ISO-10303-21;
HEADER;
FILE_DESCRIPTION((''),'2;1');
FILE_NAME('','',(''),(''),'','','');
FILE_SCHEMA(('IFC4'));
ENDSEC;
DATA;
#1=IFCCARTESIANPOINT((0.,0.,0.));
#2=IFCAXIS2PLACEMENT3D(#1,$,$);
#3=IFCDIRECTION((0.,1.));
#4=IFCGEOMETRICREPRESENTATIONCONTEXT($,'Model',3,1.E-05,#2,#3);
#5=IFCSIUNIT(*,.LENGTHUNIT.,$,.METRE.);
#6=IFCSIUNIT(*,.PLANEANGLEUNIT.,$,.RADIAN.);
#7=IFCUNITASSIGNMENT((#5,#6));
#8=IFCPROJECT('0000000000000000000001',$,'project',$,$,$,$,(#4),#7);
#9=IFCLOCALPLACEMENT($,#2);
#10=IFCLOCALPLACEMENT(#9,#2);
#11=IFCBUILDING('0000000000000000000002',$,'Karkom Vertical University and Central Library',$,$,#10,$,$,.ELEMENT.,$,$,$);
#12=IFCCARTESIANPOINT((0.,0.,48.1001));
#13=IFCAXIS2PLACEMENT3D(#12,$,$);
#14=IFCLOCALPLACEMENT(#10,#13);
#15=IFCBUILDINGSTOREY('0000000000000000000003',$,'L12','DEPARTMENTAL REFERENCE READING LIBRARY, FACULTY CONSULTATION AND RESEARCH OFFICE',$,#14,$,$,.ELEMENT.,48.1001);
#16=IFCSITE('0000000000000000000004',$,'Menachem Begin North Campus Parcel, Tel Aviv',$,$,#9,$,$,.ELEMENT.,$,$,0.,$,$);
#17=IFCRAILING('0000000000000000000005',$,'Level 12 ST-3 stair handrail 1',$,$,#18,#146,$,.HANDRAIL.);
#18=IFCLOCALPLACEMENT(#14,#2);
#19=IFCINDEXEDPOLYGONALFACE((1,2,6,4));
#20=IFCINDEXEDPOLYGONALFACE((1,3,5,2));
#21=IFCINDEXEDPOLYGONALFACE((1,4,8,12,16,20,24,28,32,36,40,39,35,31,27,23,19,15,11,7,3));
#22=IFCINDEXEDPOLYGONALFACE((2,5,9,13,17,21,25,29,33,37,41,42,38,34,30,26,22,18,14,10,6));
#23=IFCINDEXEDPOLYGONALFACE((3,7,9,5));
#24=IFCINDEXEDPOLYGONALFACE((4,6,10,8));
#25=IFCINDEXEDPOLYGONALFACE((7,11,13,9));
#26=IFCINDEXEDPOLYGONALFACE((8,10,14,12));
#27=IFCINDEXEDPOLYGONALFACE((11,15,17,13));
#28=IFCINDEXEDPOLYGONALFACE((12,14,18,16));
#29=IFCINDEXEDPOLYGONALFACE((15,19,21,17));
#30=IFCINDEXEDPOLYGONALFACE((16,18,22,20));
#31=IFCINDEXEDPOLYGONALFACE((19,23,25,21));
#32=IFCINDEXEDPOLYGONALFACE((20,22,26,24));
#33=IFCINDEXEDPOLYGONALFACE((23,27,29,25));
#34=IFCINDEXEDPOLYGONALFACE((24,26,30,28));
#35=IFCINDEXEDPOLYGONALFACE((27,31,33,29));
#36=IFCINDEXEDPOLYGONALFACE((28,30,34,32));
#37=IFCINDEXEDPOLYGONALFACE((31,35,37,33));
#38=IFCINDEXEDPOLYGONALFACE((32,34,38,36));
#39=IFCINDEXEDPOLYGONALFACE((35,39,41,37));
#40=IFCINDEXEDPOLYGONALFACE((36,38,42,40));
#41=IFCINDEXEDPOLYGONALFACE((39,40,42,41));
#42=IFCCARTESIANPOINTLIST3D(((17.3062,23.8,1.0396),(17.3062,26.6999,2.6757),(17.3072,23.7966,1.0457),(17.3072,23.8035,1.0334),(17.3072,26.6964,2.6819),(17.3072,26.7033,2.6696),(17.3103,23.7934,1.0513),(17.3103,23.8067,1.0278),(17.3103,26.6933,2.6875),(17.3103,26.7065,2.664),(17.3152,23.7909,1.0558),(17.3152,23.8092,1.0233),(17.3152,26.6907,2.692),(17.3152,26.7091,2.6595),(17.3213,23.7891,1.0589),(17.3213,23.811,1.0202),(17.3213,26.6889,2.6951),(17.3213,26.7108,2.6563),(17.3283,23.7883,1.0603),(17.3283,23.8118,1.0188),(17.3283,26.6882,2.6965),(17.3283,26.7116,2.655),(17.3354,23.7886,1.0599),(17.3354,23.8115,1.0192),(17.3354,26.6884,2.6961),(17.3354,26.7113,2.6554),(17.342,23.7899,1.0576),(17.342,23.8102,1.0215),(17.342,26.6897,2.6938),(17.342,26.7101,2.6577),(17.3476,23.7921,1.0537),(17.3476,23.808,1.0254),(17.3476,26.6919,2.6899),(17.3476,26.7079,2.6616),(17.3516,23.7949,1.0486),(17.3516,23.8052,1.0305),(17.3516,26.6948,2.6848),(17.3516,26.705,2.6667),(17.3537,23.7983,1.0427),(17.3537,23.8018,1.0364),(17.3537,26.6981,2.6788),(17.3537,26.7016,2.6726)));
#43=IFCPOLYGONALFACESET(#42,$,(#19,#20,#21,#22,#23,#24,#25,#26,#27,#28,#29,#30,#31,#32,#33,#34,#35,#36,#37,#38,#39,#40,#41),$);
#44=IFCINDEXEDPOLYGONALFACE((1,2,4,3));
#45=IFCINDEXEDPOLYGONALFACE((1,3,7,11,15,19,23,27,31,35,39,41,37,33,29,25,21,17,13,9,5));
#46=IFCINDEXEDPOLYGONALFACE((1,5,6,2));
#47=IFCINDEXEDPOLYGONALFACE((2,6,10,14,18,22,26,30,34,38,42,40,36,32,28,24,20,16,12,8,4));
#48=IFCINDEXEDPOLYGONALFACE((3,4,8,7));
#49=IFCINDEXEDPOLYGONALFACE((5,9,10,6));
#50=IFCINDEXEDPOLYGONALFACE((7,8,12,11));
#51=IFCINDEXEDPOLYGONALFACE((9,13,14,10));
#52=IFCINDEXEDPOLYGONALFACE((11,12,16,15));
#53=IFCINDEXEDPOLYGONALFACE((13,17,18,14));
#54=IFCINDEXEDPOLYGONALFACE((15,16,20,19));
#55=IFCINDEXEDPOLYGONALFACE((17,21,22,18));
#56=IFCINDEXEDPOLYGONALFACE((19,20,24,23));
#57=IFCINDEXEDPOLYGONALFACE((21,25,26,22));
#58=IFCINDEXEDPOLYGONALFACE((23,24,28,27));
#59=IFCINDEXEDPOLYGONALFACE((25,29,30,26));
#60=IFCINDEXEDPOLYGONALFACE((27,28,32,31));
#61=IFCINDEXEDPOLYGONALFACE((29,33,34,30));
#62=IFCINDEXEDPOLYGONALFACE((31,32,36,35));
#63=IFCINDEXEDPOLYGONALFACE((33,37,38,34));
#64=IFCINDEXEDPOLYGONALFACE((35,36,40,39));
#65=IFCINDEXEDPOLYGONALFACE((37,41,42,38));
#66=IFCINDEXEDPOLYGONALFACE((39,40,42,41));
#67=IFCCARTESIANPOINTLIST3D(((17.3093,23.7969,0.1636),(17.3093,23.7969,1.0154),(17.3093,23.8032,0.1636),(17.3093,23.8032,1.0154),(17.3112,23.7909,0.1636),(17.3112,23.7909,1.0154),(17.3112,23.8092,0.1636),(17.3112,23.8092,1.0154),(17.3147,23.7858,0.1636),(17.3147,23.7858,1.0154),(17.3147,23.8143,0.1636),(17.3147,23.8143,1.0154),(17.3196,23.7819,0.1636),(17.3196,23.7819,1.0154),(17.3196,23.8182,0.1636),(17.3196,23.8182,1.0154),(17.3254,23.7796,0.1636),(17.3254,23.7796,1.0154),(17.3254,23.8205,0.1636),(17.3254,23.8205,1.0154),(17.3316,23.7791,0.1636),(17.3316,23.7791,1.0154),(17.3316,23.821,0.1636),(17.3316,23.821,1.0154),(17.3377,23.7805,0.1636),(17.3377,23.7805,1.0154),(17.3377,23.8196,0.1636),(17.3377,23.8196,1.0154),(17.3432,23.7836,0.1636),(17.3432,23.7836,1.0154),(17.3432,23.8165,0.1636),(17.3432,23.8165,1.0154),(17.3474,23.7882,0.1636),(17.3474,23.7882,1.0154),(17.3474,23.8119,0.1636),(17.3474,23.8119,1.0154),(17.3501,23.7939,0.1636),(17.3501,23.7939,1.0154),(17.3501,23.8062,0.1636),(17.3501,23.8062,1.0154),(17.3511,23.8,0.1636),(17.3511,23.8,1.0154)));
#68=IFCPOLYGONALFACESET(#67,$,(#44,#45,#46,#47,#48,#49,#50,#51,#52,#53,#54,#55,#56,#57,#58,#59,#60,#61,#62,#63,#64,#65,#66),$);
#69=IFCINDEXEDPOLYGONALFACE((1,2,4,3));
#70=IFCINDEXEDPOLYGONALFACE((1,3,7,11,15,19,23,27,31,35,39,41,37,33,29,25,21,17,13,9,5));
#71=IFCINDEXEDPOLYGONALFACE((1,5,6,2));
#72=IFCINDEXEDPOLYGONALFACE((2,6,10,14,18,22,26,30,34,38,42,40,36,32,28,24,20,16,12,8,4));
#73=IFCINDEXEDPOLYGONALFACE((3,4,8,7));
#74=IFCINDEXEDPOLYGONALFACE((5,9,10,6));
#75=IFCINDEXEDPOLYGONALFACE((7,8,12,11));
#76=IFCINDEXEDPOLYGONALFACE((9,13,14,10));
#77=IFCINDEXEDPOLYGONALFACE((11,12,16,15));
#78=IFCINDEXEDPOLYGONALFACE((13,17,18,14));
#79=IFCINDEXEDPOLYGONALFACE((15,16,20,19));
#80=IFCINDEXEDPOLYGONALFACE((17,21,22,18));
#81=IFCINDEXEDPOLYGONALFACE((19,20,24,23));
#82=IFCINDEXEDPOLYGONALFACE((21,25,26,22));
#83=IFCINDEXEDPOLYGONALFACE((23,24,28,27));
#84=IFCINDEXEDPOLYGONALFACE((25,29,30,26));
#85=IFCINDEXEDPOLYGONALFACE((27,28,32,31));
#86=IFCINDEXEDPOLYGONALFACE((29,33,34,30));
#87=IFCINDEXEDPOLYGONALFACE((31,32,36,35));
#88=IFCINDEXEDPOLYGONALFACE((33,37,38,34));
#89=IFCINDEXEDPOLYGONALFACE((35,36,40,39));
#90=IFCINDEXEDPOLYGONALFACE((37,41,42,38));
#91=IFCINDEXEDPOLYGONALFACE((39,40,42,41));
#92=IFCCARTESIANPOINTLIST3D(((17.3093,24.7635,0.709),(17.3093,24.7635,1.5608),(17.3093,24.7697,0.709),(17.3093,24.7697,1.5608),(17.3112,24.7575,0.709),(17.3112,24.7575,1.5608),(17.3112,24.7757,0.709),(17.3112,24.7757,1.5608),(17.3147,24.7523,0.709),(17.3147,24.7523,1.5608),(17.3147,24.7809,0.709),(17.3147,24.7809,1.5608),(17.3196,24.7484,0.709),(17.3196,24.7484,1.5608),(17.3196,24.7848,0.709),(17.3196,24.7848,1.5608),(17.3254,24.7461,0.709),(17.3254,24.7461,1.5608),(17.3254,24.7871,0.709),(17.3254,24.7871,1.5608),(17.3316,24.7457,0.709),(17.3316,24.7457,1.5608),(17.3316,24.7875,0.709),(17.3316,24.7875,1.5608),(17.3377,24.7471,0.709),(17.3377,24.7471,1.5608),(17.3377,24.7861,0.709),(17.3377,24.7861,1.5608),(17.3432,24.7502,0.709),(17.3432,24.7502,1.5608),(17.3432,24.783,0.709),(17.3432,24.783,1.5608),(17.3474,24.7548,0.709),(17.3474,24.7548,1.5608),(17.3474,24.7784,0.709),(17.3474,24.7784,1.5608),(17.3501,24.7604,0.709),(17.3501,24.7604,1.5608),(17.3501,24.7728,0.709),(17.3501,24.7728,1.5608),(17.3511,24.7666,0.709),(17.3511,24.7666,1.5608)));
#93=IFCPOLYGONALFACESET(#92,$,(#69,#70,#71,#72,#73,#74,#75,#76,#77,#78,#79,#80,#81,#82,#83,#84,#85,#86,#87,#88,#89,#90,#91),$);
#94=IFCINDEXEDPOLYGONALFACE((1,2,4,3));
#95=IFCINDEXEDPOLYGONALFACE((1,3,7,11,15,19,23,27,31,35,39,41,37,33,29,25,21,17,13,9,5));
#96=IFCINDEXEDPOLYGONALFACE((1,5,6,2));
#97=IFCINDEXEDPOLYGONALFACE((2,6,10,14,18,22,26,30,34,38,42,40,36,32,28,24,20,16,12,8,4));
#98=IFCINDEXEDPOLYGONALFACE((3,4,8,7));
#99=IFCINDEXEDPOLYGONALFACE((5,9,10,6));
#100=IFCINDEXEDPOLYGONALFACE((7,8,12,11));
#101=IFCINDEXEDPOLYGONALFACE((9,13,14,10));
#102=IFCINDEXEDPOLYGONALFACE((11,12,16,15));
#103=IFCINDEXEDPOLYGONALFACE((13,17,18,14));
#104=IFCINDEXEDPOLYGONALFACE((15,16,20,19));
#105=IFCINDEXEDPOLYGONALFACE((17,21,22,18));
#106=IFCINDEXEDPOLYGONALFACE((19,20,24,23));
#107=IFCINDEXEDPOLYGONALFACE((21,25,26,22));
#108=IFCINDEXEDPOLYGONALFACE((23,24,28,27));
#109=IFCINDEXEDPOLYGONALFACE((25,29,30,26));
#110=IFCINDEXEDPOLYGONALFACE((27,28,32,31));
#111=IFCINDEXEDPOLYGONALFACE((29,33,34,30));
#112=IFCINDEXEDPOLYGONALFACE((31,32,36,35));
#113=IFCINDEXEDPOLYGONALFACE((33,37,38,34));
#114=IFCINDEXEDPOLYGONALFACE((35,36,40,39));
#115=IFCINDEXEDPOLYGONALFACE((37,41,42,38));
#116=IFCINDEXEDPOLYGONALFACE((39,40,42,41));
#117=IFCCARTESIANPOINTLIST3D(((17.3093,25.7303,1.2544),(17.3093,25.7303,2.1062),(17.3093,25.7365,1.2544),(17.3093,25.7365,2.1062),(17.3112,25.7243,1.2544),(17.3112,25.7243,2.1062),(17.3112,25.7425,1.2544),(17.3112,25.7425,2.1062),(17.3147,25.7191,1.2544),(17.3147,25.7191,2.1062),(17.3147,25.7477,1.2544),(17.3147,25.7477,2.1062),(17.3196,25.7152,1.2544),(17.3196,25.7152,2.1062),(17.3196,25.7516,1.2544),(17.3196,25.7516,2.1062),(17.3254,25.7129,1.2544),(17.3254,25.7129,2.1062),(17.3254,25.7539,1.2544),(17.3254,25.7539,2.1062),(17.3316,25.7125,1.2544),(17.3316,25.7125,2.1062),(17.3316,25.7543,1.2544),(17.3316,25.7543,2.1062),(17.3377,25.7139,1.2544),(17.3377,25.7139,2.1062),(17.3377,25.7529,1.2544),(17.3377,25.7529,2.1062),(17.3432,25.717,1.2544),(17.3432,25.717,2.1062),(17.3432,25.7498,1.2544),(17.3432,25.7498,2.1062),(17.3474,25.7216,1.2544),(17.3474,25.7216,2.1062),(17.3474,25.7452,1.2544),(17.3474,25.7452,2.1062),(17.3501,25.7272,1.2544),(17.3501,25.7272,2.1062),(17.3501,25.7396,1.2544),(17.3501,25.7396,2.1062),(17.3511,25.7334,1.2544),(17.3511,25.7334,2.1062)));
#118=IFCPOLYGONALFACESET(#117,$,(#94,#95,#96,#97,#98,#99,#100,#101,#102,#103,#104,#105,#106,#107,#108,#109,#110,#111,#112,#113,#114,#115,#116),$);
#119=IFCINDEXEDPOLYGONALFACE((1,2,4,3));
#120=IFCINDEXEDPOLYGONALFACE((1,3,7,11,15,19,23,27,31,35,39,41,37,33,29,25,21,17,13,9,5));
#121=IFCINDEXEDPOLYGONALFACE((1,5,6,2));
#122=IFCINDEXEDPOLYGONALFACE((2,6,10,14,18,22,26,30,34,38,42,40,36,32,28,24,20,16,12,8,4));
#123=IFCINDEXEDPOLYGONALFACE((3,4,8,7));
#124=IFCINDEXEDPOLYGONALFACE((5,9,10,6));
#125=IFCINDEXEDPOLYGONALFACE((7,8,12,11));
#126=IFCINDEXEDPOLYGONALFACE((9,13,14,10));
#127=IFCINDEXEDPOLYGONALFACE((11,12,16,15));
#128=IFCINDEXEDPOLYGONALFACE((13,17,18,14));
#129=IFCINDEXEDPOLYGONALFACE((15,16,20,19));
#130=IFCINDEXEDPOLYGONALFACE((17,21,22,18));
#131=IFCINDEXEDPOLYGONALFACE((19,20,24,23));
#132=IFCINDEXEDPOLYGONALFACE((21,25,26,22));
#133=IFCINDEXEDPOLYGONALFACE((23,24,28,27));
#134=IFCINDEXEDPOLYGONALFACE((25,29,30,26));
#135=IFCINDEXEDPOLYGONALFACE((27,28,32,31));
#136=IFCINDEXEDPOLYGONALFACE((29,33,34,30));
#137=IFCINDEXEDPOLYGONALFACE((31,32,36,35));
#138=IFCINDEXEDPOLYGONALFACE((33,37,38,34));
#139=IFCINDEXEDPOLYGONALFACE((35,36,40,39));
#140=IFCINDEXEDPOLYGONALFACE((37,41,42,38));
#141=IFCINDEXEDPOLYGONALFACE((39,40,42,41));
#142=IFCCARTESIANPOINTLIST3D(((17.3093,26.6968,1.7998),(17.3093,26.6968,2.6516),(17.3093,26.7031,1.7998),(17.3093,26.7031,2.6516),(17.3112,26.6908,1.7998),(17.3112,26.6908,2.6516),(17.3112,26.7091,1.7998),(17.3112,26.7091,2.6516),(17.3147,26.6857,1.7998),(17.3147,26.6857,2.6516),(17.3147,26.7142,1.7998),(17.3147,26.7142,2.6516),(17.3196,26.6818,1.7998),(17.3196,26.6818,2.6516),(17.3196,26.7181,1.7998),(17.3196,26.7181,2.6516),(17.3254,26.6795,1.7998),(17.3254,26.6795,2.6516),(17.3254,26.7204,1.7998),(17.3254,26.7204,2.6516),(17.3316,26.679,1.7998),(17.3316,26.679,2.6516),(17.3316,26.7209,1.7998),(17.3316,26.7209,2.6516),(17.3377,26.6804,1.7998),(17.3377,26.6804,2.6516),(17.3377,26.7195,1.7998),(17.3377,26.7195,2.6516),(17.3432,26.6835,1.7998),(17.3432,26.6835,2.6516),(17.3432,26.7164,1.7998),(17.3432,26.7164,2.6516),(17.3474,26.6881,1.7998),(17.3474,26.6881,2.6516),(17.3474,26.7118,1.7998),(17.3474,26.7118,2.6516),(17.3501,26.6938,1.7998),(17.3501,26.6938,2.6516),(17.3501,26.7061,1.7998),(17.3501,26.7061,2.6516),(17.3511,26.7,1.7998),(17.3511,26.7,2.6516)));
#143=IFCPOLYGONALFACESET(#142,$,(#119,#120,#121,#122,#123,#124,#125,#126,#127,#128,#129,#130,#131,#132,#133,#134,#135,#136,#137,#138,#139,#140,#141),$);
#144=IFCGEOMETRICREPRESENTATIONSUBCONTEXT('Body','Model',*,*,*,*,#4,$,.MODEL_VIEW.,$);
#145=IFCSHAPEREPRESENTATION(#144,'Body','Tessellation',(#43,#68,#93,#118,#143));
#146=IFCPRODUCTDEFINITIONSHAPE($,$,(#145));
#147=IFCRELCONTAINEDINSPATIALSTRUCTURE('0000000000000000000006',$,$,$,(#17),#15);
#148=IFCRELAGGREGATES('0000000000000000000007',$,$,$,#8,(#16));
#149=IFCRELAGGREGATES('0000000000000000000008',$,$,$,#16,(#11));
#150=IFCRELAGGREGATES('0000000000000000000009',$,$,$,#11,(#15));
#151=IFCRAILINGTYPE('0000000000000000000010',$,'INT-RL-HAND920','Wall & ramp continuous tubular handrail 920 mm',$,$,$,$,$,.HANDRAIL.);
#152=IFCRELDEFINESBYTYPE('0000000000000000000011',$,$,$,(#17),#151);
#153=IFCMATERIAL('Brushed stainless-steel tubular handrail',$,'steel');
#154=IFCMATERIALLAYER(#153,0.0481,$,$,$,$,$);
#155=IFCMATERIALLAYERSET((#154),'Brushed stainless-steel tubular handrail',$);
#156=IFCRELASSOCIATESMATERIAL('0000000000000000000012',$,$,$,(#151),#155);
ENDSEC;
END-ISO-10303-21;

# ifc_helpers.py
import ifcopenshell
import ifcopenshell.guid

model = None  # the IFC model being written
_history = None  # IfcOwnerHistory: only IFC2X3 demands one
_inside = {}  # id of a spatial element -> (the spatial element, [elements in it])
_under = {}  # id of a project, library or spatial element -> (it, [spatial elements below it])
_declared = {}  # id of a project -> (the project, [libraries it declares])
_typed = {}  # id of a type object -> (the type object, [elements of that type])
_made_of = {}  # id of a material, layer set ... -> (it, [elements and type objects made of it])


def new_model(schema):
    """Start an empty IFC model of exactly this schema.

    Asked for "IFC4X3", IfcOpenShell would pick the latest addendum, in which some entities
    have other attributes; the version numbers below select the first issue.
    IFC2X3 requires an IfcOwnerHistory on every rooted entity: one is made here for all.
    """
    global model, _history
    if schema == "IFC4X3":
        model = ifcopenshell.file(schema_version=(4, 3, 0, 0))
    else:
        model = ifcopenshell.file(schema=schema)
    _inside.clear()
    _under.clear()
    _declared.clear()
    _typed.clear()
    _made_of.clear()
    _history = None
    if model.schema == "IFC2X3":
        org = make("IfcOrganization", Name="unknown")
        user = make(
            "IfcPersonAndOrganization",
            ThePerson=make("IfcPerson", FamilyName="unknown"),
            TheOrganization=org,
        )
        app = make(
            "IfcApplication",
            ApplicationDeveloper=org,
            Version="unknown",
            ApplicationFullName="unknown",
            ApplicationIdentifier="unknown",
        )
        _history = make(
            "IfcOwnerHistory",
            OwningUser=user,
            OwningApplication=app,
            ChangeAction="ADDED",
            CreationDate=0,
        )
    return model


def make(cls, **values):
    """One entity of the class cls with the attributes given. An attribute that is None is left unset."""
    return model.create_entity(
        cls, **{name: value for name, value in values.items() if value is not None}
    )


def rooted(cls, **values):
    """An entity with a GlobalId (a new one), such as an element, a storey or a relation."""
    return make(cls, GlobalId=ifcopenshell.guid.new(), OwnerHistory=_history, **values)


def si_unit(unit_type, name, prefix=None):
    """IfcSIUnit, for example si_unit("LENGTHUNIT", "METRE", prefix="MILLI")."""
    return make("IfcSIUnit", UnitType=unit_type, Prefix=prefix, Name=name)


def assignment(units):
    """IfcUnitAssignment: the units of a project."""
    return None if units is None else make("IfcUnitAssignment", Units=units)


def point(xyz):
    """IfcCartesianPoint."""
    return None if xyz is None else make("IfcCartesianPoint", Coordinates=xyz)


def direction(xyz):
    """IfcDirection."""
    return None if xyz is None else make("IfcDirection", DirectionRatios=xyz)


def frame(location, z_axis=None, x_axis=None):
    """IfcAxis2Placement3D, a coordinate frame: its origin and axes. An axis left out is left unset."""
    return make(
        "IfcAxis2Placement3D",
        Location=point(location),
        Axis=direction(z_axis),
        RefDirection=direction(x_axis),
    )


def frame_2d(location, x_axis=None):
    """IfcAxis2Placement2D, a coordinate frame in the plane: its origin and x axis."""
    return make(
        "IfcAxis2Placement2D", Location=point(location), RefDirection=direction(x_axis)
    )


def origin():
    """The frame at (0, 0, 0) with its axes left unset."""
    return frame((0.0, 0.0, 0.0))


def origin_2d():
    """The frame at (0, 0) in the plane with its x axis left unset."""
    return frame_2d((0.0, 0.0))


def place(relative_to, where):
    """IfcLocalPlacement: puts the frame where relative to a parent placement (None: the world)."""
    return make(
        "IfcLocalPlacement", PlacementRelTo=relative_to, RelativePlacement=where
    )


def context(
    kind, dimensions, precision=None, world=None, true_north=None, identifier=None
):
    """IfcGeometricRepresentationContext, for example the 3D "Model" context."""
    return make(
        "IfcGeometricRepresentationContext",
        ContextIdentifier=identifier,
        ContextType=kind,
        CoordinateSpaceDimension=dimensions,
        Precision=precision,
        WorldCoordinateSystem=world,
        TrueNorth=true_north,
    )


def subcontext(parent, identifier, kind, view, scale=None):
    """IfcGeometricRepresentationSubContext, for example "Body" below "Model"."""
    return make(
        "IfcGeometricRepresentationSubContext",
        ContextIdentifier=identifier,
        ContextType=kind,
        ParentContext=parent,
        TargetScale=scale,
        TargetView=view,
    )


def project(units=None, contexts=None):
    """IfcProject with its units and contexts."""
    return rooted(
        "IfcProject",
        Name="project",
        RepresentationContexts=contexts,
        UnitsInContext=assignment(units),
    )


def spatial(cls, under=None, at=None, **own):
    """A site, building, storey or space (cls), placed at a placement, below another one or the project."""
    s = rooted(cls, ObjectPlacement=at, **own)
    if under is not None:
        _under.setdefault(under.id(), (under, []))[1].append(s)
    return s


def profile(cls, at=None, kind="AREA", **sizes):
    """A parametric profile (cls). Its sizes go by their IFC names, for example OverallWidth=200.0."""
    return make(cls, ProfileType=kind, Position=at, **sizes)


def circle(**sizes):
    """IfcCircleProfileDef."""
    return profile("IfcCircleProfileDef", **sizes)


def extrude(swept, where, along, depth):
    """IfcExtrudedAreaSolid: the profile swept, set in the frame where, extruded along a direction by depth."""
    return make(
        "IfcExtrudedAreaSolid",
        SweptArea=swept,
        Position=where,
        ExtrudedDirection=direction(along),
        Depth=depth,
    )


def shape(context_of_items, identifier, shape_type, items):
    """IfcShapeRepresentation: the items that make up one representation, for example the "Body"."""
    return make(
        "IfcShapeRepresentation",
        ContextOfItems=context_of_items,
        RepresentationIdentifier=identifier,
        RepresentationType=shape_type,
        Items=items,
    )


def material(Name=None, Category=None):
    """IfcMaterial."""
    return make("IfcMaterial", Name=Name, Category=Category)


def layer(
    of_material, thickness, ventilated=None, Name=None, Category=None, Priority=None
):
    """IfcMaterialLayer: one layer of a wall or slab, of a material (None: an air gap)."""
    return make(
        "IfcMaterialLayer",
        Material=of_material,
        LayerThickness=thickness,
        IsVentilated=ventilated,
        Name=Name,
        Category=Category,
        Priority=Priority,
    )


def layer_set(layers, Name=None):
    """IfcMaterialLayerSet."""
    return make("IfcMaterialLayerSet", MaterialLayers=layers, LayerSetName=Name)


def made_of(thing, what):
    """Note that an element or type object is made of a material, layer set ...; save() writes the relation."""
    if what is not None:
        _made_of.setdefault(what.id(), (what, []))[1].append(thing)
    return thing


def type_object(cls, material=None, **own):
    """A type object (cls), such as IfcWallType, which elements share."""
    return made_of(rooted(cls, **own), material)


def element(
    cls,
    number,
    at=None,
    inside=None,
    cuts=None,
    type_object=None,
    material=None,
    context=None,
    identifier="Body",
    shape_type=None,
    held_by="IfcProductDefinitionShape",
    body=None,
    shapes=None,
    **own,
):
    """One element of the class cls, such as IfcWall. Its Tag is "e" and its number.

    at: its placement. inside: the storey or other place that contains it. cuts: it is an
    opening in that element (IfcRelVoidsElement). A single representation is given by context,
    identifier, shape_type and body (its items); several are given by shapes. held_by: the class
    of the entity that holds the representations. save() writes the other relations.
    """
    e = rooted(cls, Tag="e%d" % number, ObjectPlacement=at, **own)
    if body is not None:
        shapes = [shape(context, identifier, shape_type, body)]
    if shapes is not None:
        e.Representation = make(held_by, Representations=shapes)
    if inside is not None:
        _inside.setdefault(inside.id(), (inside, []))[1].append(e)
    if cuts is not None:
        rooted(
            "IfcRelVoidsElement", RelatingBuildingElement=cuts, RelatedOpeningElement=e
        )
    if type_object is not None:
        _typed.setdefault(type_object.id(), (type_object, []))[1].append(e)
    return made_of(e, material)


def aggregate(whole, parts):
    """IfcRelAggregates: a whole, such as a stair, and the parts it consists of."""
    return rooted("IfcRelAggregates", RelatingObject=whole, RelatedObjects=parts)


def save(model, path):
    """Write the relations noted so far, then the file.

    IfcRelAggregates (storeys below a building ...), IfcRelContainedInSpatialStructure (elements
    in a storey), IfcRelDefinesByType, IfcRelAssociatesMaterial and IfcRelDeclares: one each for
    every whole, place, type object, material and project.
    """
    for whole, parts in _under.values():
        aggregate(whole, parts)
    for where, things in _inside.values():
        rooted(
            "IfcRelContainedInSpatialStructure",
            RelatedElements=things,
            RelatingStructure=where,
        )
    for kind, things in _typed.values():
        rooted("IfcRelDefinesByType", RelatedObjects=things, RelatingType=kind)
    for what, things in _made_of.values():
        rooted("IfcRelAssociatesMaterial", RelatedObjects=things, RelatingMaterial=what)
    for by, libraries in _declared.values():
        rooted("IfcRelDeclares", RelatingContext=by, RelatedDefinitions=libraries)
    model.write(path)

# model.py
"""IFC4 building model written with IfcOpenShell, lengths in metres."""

from ifc_helpers import new_model, si_unit, direction, frame, origin, origin_2d, place, context, subcontext, project, spatial, circle, extrude, material, layer, layer_set, type_object, element, save


model = new_model("IFC4")

# Units and contexts
model_context = context("Model", 3, precision=1e-05, world=origin(), true_north=direction((0.0, 1.0)))
body_context = subcontext(model_context, "Body", "Model", "MODEL_VIEW")
ifc_project = project(units=[si_unit("LENGTHUNIT", "METRE"), si_unit("PLANEANGLEUNIT", "RADIAN")], contexts=[model_context])

# Site, building, storey
site_placement = place(None, origin())
site = spatial("IfcSite", under=ifc_project, at=site_placement, Name="Menachem Begin North Campus Parcel, Tel Aviv", CompositionType="ELEMENT", RefElevation=0.0)
building_placement = place(site_placement, origin())
building = spatial("IfcBuilding", under=site, at=building_placement, Name="Karkom Vertical University and Central Library", CompositionType="ELEMENT")
storey_placement = place(building_placement, frame((0.0, 0.0, 48.1001)))
storey = spatial("IfcBuildingStorey", under=building, at=storey_placement, Name="L12", Description="DEPARTMENTAL REFERENCE READING LIBRARY, FACULTY CONSULTATION AND RESEARCH OFFICE", CompositionType="ELEMENT", Elevation=48.1001)

# Railing
ifc_material_1 = material(Name="Brushed stainless-steel tubular handrail", Category="steel")
ifc_layer_1 = layer(ifc_material_1, 0.0481)
ifc_layer_set_1 = layer_set([ifc_layer_1], Name="Brushed stainless-steel tubular handrail")
railing_type_1 = type_object("IfcRailingType", Name="INT-RL-HAND920", Description="Wall & ramp continuous tubular handrail 920 mm", PredefinedType="HANDRAIL", material=ifc_layer_set_1)
railing_1_placement = place(storey_placement, frame((17.3301, 23.8, 0.1636)))
element("IfcRailing", 1, at=railing_1_placement, inside=storey, type_object=railing_type_1, Name="Level 12 ST-3 stair handrail 1", PredefinedType="HANDRAIL", context=body_context, shape_type="SweptSolid", body=[
    extrude(circle(Radius=0.0239, at=origin_2d()), frame((0.0, 0.0, 0.876), z_axis=(0.0, 0.870929, 0.49141), x_axis=(-1.0, 0.0, 0.0)), (0.0, 0.0, 1.0), 3.3296),
    extrude(circle(Radius=0.021, at=origin_2d()), origin(), (0.0, 0.0, 1.0), 0.8518),
    extrude(circle(Radius=0.021, at=origin_2d()), frame((0.0, 0.9666, 0.5454)), (0.0, 0.0, 1.0), 0.8518),
    extrude(circle(Radius=0.021, at=origin_2d()), frame((0.0, 1.9333, 1.0908)), (0.0, 0.0, 1.0), 0.8518),
    extrude(circle(Radius=0.021, at=origin_2d()), frame((0.0, 2.8999, 1.6362)), (0.0, 0.0, 1.0), 0.8518),
])

save(model, "model.ifc")
